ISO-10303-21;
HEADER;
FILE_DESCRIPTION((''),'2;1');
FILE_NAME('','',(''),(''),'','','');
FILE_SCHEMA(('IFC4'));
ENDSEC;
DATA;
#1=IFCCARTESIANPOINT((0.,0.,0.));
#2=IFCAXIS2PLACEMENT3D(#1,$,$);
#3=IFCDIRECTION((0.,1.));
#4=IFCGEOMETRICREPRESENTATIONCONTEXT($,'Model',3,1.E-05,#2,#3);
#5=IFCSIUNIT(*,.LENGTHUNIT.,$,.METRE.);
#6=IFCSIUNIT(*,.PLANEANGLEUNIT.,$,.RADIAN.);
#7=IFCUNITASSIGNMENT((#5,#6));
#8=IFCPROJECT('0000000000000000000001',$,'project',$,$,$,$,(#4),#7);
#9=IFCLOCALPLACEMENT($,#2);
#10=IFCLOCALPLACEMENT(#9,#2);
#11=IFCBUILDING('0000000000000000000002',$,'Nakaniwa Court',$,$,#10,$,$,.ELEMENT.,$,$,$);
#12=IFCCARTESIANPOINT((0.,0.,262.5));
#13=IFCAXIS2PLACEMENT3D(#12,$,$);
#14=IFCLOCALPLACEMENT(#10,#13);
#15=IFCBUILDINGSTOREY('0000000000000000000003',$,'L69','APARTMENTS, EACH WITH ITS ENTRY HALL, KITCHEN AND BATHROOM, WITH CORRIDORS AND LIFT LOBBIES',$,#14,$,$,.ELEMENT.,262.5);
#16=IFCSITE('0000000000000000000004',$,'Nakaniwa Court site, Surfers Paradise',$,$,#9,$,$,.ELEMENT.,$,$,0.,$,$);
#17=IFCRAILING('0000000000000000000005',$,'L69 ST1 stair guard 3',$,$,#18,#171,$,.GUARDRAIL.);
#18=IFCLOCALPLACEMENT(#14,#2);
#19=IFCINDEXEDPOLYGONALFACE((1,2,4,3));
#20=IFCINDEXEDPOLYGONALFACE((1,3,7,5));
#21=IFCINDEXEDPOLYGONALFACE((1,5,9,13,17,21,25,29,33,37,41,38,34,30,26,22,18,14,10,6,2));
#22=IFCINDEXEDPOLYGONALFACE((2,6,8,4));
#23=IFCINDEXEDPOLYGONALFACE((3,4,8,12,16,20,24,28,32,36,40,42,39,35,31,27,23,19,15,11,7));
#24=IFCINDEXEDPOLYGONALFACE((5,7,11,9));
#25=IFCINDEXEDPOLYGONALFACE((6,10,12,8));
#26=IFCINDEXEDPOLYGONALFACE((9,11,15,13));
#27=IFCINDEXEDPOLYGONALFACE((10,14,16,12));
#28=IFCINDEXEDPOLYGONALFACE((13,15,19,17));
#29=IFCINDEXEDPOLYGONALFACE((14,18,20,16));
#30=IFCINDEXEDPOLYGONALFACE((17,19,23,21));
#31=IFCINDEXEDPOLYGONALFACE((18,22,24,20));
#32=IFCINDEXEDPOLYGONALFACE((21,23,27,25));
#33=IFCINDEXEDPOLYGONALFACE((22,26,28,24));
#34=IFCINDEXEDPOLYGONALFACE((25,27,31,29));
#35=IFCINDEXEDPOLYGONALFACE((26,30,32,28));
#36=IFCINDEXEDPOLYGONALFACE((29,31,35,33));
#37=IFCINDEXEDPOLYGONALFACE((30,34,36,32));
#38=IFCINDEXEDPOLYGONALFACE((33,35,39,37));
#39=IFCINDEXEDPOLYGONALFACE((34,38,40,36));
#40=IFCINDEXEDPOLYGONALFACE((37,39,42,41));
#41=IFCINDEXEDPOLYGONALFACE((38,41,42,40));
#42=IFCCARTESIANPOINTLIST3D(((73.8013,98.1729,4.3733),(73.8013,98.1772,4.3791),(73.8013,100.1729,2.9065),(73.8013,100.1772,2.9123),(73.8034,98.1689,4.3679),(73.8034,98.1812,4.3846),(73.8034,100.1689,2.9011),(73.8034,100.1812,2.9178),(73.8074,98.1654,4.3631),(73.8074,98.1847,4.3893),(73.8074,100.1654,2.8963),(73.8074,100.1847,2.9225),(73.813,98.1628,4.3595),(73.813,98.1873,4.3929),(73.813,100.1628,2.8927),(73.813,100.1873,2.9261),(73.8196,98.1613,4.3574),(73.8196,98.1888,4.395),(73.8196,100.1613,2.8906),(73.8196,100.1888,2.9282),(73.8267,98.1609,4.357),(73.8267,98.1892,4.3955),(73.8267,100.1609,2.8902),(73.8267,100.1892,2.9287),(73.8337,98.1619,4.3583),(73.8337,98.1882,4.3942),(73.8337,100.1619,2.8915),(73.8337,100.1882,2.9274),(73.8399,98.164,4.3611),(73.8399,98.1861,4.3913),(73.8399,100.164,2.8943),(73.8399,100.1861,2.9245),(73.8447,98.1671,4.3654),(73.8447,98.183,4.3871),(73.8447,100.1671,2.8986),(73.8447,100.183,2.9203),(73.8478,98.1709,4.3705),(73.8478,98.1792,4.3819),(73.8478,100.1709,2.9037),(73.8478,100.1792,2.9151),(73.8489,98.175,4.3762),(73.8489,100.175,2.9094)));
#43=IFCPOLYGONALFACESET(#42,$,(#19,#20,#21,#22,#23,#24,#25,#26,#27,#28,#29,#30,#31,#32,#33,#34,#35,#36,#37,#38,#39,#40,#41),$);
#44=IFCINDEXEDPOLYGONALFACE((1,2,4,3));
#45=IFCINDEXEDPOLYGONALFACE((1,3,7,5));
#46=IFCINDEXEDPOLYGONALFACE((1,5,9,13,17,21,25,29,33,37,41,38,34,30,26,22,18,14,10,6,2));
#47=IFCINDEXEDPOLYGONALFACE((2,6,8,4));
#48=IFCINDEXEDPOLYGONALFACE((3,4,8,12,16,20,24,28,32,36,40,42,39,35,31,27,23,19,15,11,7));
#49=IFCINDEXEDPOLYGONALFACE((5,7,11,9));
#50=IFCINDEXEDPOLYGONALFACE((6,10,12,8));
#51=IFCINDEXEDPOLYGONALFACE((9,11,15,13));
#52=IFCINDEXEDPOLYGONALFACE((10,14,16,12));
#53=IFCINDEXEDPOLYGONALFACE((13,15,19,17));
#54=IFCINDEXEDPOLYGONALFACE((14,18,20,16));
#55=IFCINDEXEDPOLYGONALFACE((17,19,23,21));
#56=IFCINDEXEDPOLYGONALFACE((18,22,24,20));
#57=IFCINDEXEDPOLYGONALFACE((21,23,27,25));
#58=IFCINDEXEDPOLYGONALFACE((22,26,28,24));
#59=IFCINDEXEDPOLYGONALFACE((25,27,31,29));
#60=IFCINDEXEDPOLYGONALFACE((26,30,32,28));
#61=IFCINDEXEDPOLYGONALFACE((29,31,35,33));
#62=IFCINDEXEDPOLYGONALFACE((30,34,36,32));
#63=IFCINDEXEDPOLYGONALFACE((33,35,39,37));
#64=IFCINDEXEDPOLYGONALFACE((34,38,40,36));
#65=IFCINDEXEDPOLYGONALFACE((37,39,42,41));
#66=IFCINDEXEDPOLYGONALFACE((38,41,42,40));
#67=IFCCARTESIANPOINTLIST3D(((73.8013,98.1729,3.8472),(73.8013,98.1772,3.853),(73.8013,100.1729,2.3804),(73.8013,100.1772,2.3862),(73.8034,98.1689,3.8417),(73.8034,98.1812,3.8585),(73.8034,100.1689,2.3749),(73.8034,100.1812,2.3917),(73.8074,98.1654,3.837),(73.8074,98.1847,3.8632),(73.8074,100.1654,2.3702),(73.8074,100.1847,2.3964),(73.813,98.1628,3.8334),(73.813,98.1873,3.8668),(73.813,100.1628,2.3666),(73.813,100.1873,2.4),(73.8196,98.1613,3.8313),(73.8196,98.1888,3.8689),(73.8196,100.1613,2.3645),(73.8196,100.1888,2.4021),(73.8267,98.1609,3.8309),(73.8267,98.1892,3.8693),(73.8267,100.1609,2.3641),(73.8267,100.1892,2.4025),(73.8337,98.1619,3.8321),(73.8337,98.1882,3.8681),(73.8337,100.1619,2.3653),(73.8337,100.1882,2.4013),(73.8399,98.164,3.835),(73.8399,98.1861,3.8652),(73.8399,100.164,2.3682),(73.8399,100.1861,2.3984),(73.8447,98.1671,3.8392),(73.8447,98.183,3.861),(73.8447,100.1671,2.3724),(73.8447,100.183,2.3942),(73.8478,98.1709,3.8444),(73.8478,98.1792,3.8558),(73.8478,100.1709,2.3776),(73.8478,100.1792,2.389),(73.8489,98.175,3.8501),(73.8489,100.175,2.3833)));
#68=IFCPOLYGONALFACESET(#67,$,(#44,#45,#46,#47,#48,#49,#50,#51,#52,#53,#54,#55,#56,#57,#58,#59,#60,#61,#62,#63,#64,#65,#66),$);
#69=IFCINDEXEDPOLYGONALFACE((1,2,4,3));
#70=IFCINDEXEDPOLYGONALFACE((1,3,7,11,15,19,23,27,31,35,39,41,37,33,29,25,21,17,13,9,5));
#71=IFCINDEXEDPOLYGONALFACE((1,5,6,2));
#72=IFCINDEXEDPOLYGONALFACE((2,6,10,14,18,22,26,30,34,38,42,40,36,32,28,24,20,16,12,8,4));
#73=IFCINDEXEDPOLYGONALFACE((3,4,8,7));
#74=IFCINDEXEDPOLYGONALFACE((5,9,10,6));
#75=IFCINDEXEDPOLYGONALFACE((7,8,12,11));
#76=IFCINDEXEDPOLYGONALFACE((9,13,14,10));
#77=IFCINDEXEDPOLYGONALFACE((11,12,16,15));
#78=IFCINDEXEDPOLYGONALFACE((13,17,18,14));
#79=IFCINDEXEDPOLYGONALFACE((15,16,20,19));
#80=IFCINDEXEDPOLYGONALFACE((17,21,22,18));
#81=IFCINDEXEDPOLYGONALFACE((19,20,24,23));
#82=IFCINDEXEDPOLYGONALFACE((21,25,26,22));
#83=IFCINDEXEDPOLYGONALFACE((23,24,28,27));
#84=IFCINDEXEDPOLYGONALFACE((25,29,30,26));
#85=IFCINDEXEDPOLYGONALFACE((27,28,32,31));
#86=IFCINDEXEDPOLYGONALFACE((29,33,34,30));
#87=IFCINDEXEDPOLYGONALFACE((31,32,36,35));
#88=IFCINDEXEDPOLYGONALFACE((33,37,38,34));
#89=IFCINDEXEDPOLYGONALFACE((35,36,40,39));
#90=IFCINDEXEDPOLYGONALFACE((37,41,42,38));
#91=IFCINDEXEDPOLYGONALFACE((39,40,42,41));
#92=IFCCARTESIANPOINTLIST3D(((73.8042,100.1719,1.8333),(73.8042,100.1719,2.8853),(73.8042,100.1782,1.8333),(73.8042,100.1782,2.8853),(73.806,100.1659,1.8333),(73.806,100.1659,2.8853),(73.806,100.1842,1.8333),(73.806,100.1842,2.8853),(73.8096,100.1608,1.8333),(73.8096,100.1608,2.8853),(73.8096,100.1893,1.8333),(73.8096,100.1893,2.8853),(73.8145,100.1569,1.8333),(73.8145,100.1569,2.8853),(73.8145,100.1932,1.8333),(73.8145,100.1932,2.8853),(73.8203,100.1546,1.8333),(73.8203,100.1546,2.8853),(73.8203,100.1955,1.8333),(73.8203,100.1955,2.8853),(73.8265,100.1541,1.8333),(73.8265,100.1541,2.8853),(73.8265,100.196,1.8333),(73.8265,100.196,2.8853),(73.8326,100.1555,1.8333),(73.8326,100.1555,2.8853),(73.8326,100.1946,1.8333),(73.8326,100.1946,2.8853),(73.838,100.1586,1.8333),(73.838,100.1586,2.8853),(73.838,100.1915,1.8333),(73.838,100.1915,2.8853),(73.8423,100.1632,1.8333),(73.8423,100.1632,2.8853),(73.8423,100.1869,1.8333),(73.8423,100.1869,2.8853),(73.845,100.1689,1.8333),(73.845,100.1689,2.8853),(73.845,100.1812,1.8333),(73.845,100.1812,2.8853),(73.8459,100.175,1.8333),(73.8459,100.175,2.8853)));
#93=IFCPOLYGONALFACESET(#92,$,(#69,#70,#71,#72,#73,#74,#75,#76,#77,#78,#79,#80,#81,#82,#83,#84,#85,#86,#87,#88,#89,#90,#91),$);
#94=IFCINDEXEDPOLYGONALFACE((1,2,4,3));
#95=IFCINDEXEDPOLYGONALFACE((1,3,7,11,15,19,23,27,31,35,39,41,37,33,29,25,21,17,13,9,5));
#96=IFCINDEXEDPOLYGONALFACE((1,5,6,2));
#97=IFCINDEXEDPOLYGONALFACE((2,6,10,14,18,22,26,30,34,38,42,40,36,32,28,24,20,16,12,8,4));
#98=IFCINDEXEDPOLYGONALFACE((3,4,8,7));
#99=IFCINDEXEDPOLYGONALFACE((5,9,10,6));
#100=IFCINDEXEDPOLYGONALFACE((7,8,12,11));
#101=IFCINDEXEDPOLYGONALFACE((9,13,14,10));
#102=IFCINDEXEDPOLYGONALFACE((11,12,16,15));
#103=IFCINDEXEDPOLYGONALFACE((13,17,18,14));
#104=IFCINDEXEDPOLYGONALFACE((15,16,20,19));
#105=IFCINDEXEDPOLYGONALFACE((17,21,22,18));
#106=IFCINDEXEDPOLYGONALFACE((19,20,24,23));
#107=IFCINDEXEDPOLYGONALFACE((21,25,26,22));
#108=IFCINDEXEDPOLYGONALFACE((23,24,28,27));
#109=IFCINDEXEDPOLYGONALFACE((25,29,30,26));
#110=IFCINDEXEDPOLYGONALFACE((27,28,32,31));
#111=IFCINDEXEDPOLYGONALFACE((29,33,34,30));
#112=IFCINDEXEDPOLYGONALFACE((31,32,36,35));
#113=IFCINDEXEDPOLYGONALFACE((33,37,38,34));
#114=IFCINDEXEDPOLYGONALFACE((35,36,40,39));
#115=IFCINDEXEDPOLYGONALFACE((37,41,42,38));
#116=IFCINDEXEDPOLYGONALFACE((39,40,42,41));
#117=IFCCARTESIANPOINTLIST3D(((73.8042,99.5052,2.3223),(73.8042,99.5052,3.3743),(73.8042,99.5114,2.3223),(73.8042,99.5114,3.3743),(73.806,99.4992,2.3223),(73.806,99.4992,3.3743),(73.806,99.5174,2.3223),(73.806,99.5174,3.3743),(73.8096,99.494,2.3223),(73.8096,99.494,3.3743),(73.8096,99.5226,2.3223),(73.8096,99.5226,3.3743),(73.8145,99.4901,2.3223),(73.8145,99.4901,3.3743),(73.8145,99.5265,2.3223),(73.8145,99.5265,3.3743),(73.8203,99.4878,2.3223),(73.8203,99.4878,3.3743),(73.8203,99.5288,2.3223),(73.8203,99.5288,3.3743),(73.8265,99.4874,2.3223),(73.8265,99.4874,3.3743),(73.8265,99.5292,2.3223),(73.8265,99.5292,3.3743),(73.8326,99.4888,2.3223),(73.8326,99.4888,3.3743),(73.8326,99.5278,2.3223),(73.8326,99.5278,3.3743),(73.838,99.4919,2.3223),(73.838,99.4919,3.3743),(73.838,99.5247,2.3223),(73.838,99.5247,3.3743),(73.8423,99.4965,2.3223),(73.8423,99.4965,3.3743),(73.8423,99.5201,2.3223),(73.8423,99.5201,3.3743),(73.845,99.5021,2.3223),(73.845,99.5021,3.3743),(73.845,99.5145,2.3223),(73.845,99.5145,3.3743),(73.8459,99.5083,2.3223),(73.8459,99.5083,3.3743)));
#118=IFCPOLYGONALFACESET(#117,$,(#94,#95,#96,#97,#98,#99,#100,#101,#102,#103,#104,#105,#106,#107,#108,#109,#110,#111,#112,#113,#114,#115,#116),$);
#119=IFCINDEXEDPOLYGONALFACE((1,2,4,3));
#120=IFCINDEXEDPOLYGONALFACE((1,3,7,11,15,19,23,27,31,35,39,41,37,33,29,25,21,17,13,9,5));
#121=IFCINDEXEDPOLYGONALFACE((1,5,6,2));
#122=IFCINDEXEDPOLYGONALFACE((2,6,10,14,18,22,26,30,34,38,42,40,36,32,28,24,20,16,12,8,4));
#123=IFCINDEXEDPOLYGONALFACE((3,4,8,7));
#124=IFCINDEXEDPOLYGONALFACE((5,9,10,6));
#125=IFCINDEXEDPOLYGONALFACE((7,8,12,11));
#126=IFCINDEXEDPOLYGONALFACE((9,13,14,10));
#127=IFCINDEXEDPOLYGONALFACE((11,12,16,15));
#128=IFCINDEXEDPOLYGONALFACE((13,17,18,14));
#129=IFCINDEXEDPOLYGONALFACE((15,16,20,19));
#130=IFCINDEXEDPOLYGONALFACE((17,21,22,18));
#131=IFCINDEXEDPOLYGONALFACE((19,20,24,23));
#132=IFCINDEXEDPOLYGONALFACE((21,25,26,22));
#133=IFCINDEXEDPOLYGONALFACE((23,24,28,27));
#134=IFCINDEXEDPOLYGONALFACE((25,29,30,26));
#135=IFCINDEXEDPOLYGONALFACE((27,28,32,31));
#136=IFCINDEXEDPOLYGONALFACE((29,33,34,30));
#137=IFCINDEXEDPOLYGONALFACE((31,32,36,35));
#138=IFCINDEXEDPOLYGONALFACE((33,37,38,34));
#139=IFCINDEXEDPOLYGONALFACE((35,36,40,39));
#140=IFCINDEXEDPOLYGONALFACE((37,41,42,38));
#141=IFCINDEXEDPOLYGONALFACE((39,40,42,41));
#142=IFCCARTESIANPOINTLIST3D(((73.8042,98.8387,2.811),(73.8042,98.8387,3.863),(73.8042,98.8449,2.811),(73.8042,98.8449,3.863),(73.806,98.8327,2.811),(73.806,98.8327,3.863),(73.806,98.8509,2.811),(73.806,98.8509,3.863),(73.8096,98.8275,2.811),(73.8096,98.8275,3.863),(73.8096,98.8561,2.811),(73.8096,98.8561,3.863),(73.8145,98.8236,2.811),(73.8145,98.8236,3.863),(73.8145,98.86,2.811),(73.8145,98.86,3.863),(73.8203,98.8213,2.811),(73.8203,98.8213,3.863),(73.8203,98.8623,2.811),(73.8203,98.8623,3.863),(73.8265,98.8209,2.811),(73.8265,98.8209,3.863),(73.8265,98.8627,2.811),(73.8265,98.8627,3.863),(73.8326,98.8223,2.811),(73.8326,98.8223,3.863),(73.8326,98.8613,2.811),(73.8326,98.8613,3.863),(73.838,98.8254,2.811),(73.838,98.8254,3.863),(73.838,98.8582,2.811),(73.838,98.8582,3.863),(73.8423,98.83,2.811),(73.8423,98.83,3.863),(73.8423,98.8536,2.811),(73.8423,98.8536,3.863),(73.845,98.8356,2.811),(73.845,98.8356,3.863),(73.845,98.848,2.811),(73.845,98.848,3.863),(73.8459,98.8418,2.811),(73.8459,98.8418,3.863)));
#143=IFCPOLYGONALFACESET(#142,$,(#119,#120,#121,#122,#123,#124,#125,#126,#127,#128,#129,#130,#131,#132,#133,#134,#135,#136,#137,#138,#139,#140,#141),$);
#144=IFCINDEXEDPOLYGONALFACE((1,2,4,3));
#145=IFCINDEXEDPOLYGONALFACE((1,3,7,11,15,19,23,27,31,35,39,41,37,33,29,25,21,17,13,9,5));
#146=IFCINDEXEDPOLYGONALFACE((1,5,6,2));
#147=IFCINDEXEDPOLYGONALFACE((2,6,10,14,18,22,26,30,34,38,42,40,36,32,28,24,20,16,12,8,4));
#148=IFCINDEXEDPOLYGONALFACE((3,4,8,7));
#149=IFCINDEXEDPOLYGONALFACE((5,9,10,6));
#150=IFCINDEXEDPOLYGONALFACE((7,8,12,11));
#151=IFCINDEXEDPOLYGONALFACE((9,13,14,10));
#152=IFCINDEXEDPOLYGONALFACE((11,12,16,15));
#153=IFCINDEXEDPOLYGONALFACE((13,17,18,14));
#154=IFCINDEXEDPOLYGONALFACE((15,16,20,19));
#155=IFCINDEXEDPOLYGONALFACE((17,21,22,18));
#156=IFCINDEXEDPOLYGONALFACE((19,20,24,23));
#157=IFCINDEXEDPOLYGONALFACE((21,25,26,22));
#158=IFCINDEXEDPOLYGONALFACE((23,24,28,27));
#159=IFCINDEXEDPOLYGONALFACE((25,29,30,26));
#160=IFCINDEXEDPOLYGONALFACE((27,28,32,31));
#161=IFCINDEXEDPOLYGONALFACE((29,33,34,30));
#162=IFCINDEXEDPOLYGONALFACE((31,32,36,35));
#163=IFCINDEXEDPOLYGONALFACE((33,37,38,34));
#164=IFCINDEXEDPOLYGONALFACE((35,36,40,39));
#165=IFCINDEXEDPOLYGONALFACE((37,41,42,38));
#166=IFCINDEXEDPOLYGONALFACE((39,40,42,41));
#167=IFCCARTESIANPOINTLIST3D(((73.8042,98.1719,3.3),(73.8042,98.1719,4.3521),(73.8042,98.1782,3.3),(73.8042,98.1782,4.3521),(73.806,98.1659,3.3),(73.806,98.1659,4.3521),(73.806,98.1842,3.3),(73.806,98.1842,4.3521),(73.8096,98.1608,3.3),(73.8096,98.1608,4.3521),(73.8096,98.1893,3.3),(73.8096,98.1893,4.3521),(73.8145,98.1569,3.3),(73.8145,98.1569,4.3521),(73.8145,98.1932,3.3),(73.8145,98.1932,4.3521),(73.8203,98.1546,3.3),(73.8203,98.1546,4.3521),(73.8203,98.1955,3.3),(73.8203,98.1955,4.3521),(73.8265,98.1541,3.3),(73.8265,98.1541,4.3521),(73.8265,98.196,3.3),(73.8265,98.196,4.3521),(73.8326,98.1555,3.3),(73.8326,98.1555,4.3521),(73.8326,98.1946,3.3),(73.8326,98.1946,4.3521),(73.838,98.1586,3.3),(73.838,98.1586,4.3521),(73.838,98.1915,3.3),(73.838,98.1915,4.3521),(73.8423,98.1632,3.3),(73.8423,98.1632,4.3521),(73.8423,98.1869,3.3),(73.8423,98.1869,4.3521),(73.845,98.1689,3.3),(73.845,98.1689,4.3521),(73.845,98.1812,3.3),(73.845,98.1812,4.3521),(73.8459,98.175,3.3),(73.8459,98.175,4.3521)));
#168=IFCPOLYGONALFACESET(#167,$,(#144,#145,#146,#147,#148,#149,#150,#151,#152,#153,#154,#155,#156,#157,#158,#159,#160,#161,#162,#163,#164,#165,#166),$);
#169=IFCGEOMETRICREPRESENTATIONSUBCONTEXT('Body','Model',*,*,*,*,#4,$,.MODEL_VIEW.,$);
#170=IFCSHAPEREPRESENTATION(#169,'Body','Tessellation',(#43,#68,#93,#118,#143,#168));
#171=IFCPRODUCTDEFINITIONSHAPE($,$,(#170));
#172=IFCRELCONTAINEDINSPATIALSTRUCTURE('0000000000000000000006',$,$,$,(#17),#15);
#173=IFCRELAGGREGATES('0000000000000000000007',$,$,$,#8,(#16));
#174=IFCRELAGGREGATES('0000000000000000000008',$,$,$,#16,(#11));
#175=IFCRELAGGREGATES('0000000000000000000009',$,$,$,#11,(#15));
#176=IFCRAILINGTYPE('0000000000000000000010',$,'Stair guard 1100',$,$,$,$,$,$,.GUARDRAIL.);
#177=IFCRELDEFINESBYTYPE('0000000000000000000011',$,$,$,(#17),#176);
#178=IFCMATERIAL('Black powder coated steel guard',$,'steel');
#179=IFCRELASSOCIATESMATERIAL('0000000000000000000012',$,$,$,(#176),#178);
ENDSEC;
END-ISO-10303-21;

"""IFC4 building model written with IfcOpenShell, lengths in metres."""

from ifc_helpers import new_model, si_unit, direction, frame, origin, origin_2d, place, context, subcontext, project, spatial, circle, extrude, material, type_object, element, save


model = new_model("IFC4")

# Units and contexts
model_context = context("Model", 3, precision=1e-05, world=origin(), true_north=direction((0.0, 1.0)))
body_context = subcontext(model_context, "Body", "Model", "MODEL_VIEW")
ifc_project = project(units=[si_unit("LENGTHUNIT", "METRE"), si_unit("PLANEANGLEUNIT", "RADIAN")], contexts=[model_context])

# Site, building, storey
site_placement = place(None, origin())
site = spatial("IfcSite", under=ifc_project, at=site_placement, Name="Nakaniwa Court site, Surfers Paradise", CompositionType="ELEMENT", RefElevation=0.0)
building_placement = place(site_placement, origin())
building = spatial("IfcBuilding", under=site, at=building_placement, Name="Nakaniwa Court", CompositionType="ELEMENT")
storey_placement = place(building_placement, frame((0.0, 0.0, 262.5)))
storey = spatial("IfcBuildingStorey", under=building, at=storey_placement, Name="L69", Description="APARTMENTS, EACH WITH ITS ENTRY HALL, KITCHEN AND BATHROOM, WITH CORRIDORS AND LIFT LOBBIES", CompositionType="ELEMENT", Elevation=262.5)

# Railing
ifc_material_1 = material(Name="Black powder coated steel guard", Category="steel")
railing_type_1 = type_object("IfcRailingType", Name="Stair guard 1100", PredefinedType="GUARDRAIL", material=ifc_material_1)
railing_1_placement = place(storey_placement, frame((73.825, 100.175, 1.8333)))
element("IfcRailing", 1, at=railing_1_placement, inside=storey, type_object=railing_type_1, Name="L69 ST1 stair guard 3", PredefinedType="GUARDRAIL", context=body_context, shape_type="SweptSolid", body=[
    extrude(circle(Radius=0.0239, at=origin_2d()), frame((0.0, 0.0, 1.0762), z_axis=(0.0, -0.80638, 0.591398), x_axis=(1.0, 0.0, 0.0)), (0.0, 0.0, 1.0), 2.4802),
    extrude(circle(Radius=0.0239, at=origin_2d()), frame((0.0, 0.0, 0.55), z_axis=(0.0, -0.80638, 0.591398), x_axis=(1.0, 0.0, 0.0)), (0.0, 0.0, 1.0), 2.4802),
    extrude(circle(Radius=0.021, at=origin_2d()), origin(), (0.0, 0.0, 1.0), 1.052),
    extrude(circle(Radius=0.021, at=origin_2d()), frame((0.0, -0.6667, 0.489)), (0.0, 0.0, 1.0), 1.052),
    extrude(circle(Radius=0.021, at=origin_2d()), frame((0.0, -1.3333, 0.9778)), (0.0, 0.0, 1.0), 1.052),
    extrude(circle(Radius=0.021, at=origin_2d()), frame((0.0, -2.0, 1.4668)), (0.0, 0.0, 1.0), 1.052),
])

save(model, "model.ifc")
